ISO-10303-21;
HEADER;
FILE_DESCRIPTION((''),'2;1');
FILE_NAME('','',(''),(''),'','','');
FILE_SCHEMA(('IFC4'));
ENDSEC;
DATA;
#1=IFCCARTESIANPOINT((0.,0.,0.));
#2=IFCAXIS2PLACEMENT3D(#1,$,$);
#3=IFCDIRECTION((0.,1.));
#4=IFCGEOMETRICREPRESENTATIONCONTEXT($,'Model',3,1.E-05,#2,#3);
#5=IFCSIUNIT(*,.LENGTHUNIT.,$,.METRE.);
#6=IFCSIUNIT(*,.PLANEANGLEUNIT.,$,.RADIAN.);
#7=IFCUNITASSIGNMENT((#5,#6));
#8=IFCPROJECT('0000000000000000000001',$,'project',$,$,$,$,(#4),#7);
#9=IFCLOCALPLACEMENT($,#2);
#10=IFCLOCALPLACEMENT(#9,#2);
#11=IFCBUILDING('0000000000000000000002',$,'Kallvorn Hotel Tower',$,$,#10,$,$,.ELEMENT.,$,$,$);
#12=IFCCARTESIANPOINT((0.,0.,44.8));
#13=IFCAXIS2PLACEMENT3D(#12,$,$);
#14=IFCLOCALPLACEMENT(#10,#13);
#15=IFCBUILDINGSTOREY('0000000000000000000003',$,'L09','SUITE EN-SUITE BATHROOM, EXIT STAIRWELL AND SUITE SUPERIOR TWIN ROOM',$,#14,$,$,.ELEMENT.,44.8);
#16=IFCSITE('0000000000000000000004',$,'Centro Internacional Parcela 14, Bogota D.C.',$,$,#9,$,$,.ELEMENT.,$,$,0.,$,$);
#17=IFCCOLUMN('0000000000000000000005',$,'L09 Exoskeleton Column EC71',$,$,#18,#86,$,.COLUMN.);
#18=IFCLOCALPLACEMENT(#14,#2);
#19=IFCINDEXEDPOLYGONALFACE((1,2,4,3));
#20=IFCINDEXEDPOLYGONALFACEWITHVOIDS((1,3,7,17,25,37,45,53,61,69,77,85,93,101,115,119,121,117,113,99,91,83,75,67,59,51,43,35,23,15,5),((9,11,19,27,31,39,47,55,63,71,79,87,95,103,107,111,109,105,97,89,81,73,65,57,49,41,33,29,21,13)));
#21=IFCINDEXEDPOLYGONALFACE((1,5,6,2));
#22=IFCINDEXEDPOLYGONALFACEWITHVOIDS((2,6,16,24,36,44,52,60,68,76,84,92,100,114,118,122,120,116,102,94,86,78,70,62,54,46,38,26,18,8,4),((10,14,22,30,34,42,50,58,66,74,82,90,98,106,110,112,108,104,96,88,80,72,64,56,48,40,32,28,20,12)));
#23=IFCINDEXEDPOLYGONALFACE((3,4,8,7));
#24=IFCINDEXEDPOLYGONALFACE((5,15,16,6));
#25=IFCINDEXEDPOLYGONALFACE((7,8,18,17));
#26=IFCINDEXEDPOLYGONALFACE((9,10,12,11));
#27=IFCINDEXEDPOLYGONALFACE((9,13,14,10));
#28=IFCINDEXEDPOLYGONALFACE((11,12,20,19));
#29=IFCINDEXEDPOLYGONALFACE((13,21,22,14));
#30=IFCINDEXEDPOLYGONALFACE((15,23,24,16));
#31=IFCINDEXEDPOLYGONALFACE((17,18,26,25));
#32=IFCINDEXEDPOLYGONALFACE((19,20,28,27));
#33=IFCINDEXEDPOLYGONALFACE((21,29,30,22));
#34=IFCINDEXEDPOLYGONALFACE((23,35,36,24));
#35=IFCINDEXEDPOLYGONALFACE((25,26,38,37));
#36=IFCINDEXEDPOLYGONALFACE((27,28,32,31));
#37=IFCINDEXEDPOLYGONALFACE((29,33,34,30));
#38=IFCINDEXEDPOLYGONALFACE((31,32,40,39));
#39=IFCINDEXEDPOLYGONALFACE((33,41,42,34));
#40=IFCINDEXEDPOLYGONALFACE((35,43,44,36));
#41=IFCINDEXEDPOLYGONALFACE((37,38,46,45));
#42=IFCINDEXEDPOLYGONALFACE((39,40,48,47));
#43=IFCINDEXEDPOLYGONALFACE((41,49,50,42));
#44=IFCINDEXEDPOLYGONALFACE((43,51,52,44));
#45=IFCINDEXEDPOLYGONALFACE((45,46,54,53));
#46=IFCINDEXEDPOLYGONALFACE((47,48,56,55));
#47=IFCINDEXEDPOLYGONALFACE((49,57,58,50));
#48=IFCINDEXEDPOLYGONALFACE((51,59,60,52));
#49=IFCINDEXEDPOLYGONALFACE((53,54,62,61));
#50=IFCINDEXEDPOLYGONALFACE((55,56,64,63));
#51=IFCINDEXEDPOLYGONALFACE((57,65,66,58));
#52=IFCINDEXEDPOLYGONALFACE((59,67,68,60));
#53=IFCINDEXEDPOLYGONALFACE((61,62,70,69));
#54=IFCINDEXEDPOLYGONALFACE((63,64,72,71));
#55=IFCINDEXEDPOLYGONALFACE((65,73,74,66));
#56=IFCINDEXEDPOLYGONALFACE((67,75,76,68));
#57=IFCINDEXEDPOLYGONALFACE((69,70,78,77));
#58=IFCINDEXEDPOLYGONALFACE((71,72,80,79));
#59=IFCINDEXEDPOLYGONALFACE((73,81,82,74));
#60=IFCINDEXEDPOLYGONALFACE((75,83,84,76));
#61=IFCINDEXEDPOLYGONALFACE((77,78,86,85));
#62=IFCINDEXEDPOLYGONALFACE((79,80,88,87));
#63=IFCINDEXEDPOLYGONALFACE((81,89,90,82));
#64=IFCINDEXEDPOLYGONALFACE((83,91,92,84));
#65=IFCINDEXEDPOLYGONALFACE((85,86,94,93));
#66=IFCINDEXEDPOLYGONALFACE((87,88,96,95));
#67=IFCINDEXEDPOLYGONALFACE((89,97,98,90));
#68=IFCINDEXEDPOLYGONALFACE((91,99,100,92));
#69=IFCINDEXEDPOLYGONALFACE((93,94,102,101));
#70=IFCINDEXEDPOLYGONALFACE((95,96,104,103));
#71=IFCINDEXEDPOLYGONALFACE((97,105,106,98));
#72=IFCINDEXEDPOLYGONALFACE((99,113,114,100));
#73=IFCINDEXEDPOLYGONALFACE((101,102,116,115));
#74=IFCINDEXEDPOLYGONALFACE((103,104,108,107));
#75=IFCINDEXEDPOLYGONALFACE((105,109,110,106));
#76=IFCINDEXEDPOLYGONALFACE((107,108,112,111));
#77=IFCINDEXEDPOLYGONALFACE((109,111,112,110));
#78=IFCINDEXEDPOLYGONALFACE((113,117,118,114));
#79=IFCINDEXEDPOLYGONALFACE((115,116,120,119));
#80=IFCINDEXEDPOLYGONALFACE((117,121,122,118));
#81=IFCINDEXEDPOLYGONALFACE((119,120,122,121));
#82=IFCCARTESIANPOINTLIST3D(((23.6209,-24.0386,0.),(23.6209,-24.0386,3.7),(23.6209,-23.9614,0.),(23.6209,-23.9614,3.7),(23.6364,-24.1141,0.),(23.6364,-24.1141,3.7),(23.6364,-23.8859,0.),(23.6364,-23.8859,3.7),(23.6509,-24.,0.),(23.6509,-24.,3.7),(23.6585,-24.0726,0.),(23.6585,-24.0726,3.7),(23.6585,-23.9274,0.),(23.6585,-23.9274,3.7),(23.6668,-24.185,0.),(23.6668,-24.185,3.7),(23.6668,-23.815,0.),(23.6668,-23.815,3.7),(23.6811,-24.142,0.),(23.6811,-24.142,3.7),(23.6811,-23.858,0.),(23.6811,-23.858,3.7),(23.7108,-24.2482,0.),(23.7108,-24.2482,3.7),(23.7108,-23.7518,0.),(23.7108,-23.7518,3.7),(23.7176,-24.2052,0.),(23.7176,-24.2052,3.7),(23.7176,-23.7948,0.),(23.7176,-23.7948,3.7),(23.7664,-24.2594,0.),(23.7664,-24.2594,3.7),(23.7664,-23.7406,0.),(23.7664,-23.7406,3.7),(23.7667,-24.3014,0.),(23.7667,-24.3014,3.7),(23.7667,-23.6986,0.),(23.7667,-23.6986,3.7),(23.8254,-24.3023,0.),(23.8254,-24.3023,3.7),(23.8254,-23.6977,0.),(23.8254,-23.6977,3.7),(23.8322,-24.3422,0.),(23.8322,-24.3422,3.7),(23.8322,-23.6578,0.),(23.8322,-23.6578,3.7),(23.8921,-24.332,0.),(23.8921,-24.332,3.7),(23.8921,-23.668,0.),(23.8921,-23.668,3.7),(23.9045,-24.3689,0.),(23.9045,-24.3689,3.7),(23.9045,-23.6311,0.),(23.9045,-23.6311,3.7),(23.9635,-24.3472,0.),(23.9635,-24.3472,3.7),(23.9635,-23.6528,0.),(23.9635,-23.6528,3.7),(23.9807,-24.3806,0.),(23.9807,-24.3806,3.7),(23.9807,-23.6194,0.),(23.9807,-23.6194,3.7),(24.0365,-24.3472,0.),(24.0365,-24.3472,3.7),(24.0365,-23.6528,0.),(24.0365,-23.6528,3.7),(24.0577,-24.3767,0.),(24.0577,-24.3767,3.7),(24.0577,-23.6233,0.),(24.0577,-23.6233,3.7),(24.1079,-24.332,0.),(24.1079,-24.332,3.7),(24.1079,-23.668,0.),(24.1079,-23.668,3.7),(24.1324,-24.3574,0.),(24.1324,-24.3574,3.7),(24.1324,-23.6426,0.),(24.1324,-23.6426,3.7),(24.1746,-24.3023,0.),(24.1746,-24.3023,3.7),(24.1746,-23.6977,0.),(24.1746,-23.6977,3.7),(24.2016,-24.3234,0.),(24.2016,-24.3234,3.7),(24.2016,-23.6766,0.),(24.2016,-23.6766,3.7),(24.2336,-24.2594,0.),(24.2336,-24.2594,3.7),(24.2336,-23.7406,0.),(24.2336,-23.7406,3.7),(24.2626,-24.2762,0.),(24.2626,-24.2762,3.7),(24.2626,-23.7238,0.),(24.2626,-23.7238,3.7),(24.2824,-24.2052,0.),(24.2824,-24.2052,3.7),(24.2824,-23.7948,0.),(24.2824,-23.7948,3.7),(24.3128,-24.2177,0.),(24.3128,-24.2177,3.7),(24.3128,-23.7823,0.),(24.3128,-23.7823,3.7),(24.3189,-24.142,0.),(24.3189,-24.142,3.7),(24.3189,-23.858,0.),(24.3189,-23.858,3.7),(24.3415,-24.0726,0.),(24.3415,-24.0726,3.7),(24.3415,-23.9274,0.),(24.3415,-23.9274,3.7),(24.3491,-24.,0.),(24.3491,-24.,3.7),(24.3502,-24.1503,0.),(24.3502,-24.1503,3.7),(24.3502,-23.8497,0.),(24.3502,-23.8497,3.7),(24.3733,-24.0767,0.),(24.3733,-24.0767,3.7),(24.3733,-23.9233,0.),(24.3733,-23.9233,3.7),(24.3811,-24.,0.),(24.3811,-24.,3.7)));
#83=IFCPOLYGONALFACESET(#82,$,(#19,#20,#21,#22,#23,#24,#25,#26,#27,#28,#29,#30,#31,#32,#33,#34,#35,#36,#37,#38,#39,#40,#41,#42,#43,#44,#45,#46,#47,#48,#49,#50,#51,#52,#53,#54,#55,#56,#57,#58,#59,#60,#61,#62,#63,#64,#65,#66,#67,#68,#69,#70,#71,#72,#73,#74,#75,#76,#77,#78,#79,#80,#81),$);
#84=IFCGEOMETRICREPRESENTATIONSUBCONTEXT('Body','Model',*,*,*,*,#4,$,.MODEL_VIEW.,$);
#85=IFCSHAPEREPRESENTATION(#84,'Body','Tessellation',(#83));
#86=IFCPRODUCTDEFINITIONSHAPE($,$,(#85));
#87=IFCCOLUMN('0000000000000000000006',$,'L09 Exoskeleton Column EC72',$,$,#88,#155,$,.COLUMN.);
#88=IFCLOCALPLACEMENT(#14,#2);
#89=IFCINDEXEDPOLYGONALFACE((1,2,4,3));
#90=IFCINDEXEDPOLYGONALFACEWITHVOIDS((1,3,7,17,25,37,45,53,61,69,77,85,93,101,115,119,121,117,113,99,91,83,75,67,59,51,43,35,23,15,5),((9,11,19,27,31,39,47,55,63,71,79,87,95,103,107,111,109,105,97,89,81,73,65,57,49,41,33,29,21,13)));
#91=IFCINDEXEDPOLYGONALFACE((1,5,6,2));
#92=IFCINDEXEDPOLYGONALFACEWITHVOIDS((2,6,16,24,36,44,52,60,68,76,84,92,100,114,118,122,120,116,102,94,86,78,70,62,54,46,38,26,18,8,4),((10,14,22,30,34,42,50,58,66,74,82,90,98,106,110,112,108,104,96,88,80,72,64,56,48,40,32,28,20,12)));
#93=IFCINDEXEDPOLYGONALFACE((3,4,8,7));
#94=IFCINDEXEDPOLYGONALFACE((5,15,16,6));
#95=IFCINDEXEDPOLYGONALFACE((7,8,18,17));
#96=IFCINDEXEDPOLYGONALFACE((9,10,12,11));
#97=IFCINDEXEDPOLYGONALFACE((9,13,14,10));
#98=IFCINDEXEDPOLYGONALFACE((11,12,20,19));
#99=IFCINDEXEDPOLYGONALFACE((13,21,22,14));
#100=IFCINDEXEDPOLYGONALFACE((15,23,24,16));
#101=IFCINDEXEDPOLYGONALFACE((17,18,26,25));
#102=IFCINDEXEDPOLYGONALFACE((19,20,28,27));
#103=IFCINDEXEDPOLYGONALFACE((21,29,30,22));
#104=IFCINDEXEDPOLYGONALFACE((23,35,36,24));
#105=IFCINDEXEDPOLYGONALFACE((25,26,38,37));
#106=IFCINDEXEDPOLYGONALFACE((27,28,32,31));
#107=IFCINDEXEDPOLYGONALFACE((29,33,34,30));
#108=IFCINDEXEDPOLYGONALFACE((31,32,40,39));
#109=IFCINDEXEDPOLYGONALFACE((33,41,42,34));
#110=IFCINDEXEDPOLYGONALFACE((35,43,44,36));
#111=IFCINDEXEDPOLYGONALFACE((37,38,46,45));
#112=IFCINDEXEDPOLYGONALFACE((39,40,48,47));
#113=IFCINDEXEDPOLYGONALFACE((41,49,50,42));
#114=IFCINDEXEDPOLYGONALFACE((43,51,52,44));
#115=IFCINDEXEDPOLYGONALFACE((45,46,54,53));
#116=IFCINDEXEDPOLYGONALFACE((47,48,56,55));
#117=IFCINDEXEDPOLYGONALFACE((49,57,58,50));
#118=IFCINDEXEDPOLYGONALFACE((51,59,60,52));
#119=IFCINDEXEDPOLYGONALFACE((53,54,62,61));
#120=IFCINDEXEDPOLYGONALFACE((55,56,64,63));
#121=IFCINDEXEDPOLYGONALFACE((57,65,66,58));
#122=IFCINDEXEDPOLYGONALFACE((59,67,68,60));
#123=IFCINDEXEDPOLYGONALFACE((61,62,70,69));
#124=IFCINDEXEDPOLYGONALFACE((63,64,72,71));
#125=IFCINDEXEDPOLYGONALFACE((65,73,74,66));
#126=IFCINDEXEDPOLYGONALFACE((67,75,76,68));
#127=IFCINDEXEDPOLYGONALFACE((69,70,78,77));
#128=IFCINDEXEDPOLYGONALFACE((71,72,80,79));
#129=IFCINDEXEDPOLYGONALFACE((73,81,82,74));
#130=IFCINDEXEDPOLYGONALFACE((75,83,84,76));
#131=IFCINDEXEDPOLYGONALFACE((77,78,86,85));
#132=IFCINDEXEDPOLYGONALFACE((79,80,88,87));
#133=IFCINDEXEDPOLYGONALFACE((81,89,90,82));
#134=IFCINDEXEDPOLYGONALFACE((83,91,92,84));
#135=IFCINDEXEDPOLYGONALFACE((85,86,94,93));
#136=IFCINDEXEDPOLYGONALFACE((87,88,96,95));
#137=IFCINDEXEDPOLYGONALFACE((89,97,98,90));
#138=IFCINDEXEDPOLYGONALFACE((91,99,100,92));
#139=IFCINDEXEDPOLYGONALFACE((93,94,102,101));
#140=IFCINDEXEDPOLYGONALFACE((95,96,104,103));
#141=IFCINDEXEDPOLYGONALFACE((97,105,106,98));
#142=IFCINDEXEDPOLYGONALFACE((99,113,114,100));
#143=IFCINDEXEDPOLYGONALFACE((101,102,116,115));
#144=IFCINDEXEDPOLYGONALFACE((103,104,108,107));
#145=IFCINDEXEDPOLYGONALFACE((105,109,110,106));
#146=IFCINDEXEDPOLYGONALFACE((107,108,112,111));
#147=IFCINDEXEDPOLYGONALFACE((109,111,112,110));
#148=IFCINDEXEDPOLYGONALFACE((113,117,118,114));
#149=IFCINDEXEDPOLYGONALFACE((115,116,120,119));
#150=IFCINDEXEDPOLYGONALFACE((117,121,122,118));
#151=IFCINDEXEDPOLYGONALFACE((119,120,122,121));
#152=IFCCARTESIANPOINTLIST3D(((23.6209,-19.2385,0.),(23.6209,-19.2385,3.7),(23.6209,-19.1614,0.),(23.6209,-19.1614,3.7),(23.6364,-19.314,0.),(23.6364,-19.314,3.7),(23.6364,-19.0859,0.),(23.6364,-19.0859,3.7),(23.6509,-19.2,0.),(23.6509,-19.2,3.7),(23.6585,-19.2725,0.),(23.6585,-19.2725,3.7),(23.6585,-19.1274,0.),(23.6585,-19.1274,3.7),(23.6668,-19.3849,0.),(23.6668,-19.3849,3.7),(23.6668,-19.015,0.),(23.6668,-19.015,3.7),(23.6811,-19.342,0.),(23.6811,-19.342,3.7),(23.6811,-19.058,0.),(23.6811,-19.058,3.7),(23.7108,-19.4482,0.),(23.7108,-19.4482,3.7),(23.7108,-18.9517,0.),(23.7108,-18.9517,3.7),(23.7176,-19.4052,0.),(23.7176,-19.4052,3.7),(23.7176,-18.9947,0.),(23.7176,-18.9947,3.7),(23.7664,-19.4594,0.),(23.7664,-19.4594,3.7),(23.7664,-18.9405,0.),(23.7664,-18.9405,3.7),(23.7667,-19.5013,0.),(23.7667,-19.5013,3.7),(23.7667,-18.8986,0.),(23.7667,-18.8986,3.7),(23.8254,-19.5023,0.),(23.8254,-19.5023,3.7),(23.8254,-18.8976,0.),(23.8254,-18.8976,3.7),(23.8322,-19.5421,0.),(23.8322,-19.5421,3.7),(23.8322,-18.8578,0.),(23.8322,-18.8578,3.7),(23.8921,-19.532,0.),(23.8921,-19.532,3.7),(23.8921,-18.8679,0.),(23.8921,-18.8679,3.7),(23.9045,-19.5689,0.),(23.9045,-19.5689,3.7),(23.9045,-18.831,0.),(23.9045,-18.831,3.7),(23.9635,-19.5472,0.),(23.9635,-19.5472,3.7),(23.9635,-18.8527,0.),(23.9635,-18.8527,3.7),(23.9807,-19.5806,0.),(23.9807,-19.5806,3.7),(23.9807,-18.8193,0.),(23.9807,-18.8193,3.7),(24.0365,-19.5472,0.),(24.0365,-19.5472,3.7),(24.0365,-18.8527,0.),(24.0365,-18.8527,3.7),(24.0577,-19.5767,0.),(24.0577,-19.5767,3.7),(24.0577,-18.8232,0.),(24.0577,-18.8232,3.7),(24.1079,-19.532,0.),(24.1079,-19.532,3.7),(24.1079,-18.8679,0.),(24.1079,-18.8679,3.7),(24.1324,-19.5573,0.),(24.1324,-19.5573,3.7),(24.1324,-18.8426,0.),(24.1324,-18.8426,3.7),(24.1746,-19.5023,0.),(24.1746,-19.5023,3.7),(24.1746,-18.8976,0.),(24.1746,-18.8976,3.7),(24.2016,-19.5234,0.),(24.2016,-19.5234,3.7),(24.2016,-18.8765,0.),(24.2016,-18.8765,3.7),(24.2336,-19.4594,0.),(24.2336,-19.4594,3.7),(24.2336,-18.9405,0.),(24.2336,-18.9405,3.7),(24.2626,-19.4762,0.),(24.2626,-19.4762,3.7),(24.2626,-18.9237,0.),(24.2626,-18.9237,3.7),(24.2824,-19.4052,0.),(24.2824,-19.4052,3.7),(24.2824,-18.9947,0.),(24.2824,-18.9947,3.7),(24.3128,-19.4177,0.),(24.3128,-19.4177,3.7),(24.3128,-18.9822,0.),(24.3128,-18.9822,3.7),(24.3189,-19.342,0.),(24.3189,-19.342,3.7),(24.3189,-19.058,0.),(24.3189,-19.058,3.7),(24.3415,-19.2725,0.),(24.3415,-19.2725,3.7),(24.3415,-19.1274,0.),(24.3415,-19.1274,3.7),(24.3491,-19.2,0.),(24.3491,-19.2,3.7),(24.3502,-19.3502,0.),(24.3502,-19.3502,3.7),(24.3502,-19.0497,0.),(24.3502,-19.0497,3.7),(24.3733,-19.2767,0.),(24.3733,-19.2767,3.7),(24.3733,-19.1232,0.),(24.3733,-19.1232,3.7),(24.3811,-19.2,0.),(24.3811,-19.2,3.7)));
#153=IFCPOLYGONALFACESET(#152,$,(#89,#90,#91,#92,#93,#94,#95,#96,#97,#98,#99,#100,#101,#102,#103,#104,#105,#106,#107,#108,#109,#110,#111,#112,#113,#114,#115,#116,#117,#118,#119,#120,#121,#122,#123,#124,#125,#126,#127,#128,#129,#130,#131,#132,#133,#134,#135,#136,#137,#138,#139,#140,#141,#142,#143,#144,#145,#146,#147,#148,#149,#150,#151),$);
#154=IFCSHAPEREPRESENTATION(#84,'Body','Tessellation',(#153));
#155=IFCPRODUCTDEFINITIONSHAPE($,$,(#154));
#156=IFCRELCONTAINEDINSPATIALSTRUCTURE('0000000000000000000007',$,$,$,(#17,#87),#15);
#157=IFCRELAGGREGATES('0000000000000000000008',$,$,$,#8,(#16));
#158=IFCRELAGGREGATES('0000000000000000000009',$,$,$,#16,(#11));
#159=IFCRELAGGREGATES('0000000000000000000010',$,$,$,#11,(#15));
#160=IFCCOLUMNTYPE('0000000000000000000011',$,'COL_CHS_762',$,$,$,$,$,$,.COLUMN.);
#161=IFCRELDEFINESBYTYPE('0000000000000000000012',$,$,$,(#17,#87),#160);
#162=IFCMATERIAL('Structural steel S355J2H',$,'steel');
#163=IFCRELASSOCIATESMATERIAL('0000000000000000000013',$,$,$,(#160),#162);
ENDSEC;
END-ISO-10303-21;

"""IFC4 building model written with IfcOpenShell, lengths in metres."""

from ifc_helpers import new_model, si_unit, direction, frame, origin, origin_2d, place, context, subcontext, project, spatial, hollow_circle, extrude, material, material_profile, profile_set, type_object, element, save


model = new_model("IFC4")

# Units and contexts
model_context = context("Model", 3, precision=1e-05, world=origin(), true_north=direction((0.0, 1.0)))
body_context = subcontext(model_context, "Body", "Model", "MODEL_VIEW")
ifc_project = project(units=[si_unit("LENGTHUNIT", "METRE"), si_unit("PLANEANGLEUNIT", "RADIAN")], contexts=[model_context])

# Site, building, storey
site_placement = place(None, origin())
site = spatial("IfcSite", under=ifc_project, at=site_placement, Name="Centro Internacional Parcela 14, Bogota D.C.", CompositionType="ELEMENT", RefElevation=0.0)
building_placement = place(site_placement, origin())
building = spatial("IfcBuilding", under=site, at=building_placement, Name="Kallvorn Hotel Tower", CompositionType="ELEMENT")
storey_placement = place(building_placement, frame((0.0, 0.0, 44.8)))
storey = spatial("IfcBuildingStorey", under=building, at=storey_placement, Name="L09", Description="SUITE EN-SUITE BATHROOM, EXIT STAIRWELL AND SUITE SUPERIOR TWIN ROOM", CompositionType="ELEMENT", Elevation=44.8)

# Columns
ifc_material_1 = material(Name="Structural steel S355J2H", Category="steel")
ifc_material_profile_1 = material_profile(ifc_material_1, hollow_circle(Radius=0.3811, WallThickness=0.032, at=origin_2d()), Name="CHS 762x32")
ifc_profile_set_1 = profile_set([ifc_material_profile_1], Name="Structural steel S355J2H")
column_type = type_object("IfcColumnType", Name="COL_CHS_762", PredefinedType="COLUMN", material=ifc_profile_set_1)
for number, where, z_axis, x_axis, name in (
    (1, (24.0, -24.0, 0.0), (0.0, 0.0, 1.0), (1.0, 0.0, 0.0), "L09 Exoskeleton Column EC71"),
    (2, (24.0, -19.2, 0.0), (0.0, 0.0, 1.0), (1.0, 0.0, 0.0), "L09 Exoskeleton Column EC72"),
):
    element("IfcColumn", number, at=place(storey_placement, frame(where, z_axis=z_axis, x_axis=x_axis)), inside=storey, type_object=column_type, Name=name, PredefinedType="COLUMN", context=body_context, shape_type="SweptSolid", body=[
        extrude(hollow_circle(Radius=0.3811, WallThickness=0.032, at=origin_2d()), origin(), (0.0, 0.0, 1.0), 3.7),
    ])

save(model, "model.ifc")
